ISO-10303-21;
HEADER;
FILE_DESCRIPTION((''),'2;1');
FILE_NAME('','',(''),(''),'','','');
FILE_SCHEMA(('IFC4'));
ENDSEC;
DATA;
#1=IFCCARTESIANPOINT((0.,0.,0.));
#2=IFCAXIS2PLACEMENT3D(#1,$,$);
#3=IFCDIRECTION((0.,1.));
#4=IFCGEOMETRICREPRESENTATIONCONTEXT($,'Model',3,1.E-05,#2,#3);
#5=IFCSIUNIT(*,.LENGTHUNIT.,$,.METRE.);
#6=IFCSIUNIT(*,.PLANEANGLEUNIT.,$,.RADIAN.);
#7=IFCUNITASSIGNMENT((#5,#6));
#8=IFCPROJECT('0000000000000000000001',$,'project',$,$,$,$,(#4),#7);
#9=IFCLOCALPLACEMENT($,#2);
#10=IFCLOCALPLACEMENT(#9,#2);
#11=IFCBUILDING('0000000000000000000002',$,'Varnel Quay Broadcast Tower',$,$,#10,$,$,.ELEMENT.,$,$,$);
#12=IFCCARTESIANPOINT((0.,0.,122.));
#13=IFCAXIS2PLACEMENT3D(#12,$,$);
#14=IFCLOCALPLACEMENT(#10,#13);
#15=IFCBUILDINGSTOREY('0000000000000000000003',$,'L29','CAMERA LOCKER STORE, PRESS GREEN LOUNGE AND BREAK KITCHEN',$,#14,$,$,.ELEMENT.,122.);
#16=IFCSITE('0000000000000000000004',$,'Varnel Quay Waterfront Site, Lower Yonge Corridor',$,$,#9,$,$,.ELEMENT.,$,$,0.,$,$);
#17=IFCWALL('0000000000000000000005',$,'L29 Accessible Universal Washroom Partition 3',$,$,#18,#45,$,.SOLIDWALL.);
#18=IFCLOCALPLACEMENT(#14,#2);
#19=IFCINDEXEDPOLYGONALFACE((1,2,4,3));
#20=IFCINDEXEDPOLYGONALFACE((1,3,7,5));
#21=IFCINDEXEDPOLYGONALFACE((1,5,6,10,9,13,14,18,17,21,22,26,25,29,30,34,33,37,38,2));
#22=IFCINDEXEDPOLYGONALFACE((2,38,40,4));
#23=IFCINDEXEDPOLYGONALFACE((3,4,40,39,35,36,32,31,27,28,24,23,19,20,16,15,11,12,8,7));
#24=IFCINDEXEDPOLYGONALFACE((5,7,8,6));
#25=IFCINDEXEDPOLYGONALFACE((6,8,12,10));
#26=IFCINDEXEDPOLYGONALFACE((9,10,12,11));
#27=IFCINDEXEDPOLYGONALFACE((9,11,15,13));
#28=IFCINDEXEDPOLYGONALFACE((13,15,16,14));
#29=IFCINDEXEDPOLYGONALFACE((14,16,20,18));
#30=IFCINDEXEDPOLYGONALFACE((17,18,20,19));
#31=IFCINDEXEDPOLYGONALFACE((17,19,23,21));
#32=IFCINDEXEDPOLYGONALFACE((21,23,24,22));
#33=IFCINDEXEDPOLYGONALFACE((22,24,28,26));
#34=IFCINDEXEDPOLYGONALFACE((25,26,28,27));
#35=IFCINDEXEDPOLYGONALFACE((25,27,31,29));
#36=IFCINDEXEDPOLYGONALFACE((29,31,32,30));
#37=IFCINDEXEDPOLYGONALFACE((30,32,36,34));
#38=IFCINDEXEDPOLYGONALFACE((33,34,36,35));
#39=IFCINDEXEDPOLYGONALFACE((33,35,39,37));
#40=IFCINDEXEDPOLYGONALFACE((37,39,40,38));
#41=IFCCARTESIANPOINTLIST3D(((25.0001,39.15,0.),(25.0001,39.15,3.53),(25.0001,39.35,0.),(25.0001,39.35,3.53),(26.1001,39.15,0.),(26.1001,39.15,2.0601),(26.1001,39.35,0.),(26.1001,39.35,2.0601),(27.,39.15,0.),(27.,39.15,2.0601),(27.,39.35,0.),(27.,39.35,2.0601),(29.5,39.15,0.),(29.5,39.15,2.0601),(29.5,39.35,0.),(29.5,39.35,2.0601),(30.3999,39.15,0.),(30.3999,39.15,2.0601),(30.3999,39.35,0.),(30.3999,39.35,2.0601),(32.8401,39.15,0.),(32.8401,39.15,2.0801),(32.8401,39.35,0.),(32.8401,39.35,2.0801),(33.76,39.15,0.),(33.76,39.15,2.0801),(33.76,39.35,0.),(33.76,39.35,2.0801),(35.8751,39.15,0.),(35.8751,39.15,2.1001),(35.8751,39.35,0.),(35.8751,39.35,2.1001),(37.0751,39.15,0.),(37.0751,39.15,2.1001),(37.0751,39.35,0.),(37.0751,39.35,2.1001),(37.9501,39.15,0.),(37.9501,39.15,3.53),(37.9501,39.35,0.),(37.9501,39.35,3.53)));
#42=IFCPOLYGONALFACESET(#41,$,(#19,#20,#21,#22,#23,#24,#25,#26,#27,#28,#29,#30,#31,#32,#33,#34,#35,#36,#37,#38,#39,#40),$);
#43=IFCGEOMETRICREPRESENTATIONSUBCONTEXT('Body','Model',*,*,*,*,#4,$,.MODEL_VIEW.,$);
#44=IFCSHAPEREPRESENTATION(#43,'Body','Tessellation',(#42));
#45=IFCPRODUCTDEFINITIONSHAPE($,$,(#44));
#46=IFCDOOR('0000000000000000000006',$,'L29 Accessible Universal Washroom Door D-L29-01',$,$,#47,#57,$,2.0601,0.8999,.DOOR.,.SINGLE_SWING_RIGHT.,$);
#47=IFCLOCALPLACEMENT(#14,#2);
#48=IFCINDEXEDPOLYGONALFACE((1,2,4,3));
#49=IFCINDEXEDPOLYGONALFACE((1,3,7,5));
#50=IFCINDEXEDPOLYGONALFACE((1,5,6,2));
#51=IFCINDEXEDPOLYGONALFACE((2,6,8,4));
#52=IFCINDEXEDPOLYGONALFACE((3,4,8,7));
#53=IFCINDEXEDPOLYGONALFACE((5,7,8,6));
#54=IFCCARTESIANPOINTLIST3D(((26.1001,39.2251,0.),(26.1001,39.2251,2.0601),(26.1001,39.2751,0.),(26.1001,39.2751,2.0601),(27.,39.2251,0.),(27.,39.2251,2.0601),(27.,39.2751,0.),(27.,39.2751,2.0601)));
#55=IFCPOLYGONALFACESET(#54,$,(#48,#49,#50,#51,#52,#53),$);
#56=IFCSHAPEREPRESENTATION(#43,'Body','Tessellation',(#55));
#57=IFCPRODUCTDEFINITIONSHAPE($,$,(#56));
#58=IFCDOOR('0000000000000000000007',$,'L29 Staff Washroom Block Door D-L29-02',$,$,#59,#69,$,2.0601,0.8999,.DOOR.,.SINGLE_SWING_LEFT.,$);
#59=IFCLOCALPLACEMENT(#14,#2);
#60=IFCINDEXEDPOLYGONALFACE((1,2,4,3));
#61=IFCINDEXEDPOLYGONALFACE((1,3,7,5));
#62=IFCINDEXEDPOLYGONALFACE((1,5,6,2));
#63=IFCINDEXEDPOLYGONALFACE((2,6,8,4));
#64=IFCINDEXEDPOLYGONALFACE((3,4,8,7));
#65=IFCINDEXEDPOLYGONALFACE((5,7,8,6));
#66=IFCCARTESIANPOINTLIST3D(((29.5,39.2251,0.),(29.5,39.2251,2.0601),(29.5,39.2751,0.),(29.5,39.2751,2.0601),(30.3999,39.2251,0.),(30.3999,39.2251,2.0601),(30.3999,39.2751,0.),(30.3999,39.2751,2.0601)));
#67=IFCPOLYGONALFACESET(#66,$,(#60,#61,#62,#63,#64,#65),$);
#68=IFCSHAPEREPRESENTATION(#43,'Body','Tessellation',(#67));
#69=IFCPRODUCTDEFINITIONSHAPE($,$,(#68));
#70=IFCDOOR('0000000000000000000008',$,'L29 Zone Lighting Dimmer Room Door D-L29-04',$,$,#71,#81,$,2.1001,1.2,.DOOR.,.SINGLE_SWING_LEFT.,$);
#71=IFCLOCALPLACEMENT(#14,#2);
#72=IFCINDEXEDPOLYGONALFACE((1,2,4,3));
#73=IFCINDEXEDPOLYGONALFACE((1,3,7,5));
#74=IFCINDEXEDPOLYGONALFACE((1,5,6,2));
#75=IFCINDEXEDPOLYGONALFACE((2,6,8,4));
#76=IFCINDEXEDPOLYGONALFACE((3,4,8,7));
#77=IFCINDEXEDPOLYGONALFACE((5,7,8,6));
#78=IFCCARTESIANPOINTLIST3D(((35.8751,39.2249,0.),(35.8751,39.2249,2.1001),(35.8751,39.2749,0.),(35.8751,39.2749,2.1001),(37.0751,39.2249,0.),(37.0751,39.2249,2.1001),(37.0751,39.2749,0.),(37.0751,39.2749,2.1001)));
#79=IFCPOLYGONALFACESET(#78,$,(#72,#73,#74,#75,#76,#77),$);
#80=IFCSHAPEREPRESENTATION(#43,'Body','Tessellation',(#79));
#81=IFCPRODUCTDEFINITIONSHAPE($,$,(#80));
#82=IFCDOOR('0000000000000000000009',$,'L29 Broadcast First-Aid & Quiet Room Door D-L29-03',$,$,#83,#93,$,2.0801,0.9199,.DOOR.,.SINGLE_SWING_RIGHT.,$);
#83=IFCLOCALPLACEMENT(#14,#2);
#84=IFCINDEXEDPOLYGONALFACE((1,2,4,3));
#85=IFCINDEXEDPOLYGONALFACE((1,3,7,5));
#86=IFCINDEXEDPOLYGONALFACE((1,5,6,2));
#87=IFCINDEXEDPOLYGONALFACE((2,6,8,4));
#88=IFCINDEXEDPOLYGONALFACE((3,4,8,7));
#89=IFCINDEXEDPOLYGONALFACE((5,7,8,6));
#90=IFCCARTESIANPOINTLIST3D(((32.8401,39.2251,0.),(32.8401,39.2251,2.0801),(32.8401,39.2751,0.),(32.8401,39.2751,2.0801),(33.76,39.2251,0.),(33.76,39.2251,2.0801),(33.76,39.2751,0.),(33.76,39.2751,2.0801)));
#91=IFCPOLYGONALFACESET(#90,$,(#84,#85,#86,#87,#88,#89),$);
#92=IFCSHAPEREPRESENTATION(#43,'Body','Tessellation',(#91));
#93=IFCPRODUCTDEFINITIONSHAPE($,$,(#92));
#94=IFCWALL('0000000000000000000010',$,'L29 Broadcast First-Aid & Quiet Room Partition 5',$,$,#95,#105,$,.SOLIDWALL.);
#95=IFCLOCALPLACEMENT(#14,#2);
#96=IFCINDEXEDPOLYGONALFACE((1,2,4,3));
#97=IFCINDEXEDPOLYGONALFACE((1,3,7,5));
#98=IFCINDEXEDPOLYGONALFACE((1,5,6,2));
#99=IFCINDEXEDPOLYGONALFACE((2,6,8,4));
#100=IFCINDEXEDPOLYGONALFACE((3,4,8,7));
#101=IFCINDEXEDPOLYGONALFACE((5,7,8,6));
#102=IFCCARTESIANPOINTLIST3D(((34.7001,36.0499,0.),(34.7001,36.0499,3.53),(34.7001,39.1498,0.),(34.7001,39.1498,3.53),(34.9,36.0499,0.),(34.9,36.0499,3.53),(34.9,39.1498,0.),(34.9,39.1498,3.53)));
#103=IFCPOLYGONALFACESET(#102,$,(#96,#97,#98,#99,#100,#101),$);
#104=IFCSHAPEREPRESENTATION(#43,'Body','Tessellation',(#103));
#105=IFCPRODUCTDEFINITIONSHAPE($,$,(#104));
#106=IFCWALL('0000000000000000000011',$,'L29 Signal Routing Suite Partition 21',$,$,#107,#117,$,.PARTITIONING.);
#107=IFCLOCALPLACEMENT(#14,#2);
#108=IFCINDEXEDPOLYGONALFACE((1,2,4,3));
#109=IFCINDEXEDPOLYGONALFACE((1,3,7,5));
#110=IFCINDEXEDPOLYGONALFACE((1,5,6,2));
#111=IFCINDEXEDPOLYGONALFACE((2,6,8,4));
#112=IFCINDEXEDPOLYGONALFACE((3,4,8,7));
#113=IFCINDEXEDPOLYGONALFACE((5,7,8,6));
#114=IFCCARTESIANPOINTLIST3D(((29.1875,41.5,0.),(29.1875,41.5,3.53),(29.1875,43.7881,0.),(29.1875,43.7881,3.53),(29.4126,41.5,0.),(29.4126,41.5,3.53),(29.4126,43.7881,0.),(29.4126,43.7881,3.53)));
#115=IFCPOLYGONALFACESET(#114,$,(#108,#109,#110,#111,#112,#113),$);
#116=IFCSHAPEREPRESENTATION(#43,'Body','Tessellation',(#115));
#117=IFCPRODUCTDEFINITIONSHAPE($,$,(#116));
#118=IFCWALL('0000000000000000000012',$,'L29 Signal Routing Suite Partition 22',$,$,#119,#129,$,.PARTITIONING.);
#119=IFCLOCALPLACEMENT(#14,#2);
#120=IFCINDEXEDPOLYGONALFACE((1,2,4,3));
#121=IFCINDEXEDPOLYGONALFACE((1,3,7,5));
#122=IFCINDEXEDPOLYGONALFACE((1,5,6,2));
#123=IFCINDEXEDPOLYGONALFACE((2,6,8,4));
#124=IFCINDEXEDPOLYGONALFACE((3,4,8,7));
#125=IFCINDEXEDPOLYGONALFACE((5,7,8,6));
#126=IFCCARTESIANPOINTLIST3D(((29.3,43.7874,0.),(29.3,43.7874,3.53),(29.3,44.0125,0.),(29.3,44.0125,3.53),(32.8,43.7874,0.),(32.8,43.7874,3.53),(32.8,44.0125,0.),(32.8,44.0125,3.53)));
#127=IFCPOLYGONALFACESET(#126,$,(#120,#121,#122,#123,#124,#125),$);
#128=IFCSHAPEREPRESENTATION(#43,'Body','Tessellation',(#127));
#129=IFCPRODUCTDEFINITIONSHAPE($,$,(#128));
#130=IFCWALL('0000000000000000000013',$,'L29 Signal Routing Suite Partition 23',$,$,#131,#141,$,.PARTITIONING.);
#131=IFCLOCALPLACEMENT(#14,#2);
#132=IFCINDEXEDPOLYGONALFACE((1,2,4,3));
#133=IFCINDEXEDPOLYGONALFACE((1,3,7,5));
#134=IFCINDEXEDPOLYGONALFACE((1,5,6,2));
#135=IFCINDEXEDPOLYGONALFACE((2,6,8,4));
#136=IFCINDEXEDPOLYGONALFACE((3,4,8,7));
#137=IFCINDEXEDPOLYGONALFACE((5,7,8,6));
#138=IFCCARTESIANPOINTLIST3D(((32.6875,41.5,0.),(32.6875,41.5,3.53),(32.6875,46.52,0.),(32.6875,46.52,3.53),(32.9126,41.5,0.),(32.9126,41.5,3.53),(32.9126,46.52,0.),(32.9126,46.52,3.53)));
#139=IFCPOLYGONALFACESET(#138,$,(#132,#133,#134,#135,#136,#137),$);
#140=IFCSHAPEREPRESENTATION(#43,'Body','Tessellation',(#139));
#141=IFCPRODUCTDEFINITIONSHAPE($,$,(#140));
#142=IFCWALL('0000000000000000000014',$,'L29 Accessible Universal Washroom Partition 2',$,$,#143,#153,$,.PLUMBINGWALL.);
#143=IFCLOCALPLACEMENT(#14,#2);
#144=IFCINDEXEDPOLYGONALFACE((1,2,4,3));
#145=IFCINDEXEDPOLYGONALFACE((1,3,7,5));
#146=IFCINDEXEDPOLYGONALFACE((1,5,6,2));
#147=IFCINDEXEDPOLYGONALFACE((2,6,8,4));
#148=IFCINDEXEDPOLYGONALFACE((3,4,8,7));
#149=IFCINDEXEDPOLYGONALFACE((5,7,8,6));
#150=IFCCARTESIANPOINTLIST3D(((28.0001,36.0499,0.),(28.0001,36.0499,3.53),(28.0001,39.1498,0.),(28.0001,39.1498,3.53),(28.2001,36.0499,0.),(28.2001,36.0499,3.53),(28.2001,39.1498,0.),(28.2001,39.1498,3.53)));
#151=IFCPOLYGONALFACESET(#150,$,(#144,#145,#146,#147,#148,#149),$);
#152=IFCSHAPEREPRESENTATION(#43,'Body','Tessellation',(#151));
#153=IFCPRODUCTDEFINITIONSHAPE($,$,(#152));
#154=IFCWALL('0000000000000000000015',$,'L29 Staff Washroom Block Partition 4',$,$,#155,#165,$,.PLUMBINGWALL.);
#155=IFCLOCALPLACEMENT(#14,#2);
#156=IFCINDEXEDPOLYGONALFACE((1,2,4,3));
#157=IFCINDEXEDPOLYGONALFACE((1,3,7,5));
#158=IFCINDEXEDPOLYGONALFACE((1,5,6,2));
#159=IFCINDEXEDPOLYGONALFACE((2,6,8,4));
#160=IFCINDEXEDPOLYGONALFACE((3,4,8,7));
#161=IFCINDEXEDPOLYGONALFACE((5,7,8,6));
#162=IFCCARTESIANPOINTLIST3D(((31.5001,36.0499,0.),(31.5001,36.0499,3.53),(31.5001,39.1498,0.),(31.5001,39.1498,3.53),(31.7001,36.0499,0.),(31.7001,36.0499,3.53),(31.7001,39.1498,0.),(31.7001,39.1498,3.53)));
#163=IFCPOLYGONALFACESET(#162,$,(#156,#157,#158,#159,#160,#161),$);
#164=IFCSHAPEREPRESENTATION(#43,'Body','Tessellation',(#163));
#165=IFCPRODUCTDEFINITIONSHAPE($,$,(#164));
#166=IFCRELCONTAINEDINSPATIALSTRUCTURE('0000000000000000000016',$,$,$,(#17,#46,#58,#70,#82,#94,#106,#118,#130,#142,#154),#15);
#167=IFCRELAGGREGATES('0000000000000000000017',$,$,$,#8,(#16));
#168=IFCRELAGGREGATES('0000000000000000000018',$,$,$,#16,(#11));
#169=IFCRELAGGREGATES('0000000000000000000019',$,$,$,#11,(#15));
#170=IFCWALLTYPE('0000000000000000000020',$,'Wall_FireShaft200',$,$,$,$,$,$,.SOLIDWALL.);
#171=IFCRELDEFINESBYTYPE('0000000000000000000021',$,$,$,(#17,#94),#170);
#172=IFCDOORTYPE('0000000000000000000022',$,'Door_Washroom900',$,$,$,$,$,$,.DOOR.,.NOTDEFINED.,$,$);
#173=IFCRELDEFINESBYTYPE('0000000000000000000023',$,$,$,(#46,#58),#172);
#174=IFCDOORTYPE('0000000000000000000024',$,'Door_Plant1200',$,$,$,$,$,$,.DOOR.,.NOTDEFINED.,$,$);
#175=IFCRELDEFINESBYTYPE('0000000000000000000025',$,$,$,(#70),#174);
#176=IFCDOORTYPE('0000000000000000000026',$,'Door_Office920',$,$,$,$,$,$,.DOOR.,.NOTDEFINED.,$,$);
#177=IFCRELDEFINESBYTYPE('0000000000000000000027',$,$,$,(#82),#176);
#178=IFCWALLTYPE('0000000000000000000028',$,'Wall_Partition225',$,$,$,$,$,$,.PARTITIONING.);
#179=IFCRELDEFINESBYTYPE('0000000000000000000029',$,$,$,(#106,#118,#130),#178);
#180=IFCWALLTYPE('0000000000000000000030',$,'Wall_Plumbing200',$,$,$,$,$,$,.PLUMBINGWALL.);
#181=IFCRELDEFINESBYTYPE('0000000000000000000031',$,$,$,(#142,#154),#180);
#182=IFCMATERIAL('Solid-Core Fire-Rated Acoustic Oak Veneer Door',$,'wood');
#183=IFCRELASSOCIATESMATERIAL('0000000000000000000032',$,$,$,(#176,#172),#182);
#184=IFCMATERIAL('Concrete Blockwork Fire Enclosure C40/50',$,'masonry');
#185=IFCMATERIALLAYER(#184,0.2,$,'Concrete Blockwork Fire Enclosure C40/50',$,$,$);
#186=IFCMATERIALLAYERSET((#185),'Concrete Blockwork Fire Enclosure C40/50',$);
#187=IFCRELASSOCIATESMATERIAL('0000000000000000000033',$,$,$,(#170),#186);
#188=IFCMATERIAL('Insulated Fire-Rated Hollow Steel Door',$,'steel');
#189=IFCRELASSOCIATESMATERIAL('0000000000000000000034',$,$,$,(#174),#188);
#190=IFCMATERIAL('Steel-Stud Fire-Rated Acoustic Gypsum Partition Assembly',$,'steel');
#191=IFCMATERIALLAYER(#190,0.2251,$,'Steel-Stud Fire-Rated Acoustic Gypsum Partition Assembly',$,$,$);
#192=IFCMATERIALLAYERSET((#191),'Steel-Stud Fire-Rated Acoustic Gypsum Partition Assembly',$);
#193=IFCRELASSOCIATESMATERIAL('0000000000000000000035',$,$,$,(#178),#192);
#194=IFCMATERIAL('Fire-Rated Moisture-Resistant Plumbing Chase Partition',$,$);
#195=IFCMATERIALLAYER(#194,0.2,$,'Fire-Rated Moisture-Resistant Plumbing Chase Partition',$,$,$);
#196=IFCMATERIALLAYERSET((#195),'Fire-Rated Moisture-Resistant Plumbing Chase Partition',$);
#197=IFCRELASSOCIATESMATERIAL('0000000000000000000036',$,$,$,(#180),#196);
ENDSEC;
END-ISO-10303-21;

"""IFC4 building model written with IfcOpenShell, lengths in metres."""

from ifc_helpers import new_model, si_unit, direction, frame, frame_2d, origin, place, context, subcontext, project, spatial, rectangle, extrude, source, transform, mapped, material, layer, layer_set, type_object, type_shapes, element, fill, save


model = new_model("IFC4")

# Units and contexts
model_context = context("Model", 3, precision=1e-05, world=origin(), true_north=direction((0.0, 1.0)))
body_context = subcontext(model_context, "Body", "Model", "MODEL_VIEW")
ifc_project = project(units=[si_unit("LENGTHUNIT", "METRE"), si_unit("PLANEANGLEUNIT", "RADIAN")], contexts=[model_context])

# Site, building, storey
site_placement = place(None, origin())
site = spatial("IfcSite", under=ifc_project, at=site_placement, Name="Varnel Quay Waterfront Site, Lower Yonge Corridor", CompositionType="ELEMENT", RefElevation=0.0)
building_placement = place(site_placement, origin())
building = spatial("IfcBuilding", under=site, at=building_placement, Name="Varnel Quay Broadcast Tower", CompositionType="ELEMENT")
storey_placement = place(building_placement, frame((0.0, 0.0, 122.0)))
storey = spatial("IfcBuildingStorey", under=building, at=storey_placement, Name="L29", Description="CAMERA LOCKER STORE, PRESS GREEN LOUNGE AND BREAK KITCHEN", CompositionType="ELEMENT", Elevation=122.0)

# Shared definitions
ifc_material_1 = material(Name="Solid-Core Fire-Rated Acoustic Oak Veneer Door", Category="wood")
door_type_1 = type_object("IfcDoorType", Name="Door_Office920", OperationType="NOTDEFINED", PredefinedType="DOOR", material=ifc_material_1)
shared_shape_1 = source(origin(), body_context, "Body", "SweptSolid", [
    extrude(rectangle(XDim=0.9199, YDim=2.0801, at=frame_2d((0.46, 1.04))), frame((0.0, 0.0249, 0.0), z_axis=(0.0, -1.0, 0.0), x_axis=(1.0, 0.0, 0.0)), (0.0, 0.0, 1.0), 0.05),
])
type_shapes(door_type_1, [shared_shape_1])

# Shared definitions
ifc_material_2 = material(Name="Concrete Blockwork Fire Enclosure C40/50", Category="masonry")
ifc_layer_1 = layer(ifc_material_2, 0.2, Name="Concrete Blockwork Fire Enclosure C40/50")
ifc_layer_set_1 = layer_set([ifc_layer_1], Name="Concrete Blockwork Fire Enclosure C40/50")
wall_type_1 = type_object("IfcWallType", Name="Wall_FireShaft200", PredefinedType="SOLIDWALL", material=ifc_layer_set_1)

# Wall, openings, doors
wall_1_placement = place(storey_placement, frame((25.0, 39.25, 0.0), z_axis=(0.0, 0.0, 1.0), x_axis=(1.0, 0.0, 0.0)))
wall_1 = element("IfcWall", 1, at=wall_1_placement, inside=storey, type_object=wall_type_1, Name="L29 Accessible Universal Washroom Partition 3", PredefinedType="SOLIDWALL", context=body_context, shape_type="SweptSolid", body=[
    extrude(rectangle(XDim=12.95, YDim=0.2, at=frame_2d((6.4751, 0.0))), origin(), (0.0, 0.0, 1.0), 3.53),
])
opening_1_placement = place(wall_1_placement, frame((1.1001, 0.0, 0.0)))
opening_1 = element("IfcOpeningElement", 2, at=opening_1_placement, cuts=wall_1, PredefinedType="OPENING", context=body_context, shape_type="SweptSolid", body=[
    extrude(rectangle(XDim=0.8999, YDim=2.0601, at=frame_2d((0.45, 1.03))), frame((0.0, 0.1099, 0.0), z_axis=(0.0, -1.0, 0.0), x_axis=(1.0, 0.0, 0.0)), (0.0, 0.0, 1.0), 0.22),
])
opening_2_placement = place(wall_1_placement, frame((4.5, 0.0, 0.0)))
opening_2 = element("IfcOpeningElement", 3, at=opening_2_placement, cuts=wall_1, PredefinedType="OPENING", context=body_context, shape_type="SweptSolid", body=[
    extrude(rectangle(XDim=0.8999, YDim=2.0601, at=frame_2d((0.45, 1.03))), frame((0.0, 0.1099, 0.0), z_axis=(0.0, -1.0, 0.0), x_axis=(1.0, 0.0, 0.0)), (0.0, 0.0, 1.0), 0.22),
])
opening_3_placement = place(wall_1_placement, frame((7.8401, 0.0, 0.0)))
opening_3 = element("IfcOpeningElement", 4, at=opening_3_placement, cuts=wall_1, PredefinedType="OPENING", context=body_context, shape_type="SweptSolid", body=[
    extrude(rectangle(XDim=0.9199, YDim=2.0801, at=frame_2d((0.46, 1.04))), frame((0.0, 0.1099, 0.0), z_axis=(0.0, -1.0, 0.0), x_axis=(1.0, 0.0, 0.0)), (0.0, 0.0, 1.0), 0.22),
])
opening_4_placement = place(wall_1_placement, frame((10.875, 0.0, 0.0)))
opening_4 = element("IfcOpeningElement", 5, at=opening_4_placement, cuts=wall_1, PredefinedType="OPENING", context=body_context, shape_type="SweptSolid", body=[
    extrude(rectangle(XDim=1.2, YDim=2.1001, at=frame_2d((0.6001, 1.05))), frame((0.0, 0.1099, 0.0), z_axis=(0.0, -1.0, 0.0), x_axis=(1.0, 0.0, 0.0)), (0.0, 0.0, 1.0), 0.22),
])
door_type_2 = type_object("IfcDoorType", Name="Door_Washroom900", OperationType="NOTDEFINED", PredefinedType="DOOR", material=ifc_material_1)
shared_shape_2 = source(origin(), body_context, "Body", "SweptSolid", [
    extrude(rectangle(XDim=0.8999, YDim=2.0601, at=frame_2d((0.45, 1.03))), frame((0.0, 0.0249, 0.0), z_axis=(0.0, -1.0, 0.0), x_axis=(1.0, 0.0, 0.0)), (0.0, 0.0, 1.0), 0.05),
])
type_shapes(door_type_2, [shared_shape_2])
door_1_placement = place(opening_1_placement, frame((0.8999, 0.0, 0.0), z_axis=(0.0, 0.0, 1.0), x_axis=(-1.0, 0.0, 0.0)))
door_1 = element("IfcDoor", 6, at=door_1_placement, inside=storey, type_object=door_type_2, Name="L29 Accessible Universal Washroom Door D-L29-01", OperationType="SINGLE_SWING_RIGHT", OverallHeight=2.0601, OverallWidth=0.8999, PredefinedType="DOOR", context=body_context, shape_type="MappedRepresentation", body=[
    mapped(shared_shape_2, transform((0.0, 0.0, 0.0), x_axis=(1.0, 0.0, 0.0), y_axis=(0.0, 1.0, 0.0), z_axis=(0.0, 0.0, 1.0), scale=1.0)),
])
fill(opening_1, door_1)
door_2_placement = place(opening_2_placement, frame((0.8999, 0.0, 0.0), z_axis=(0.0, 0.0, 1.0), x_axis=(-1.0, 0.0, 0.0)))
door_2 = element("IfcDoor", 7, at=door_2_placement, inside=storey, type_object=door_type_2, Name="L29 Staff Washroom Block Door D-L29-02", OperationType="SINGLE_SWING_LEFT", OverallHeight=2.0601, OverallWidth=0.8999, PredefinedType="DOOR", context=body_context, shape_type="MappedRepresentation", body=[
    mapped(shared_shape_2, transform((0.0, 0.0, 0.0), x_axis=(1.0, 0.0, 0.0), y_axis=(0.0, 1.0, 0.0), z_axis=(0.0, 0.0, 1.0), scale=1.0)),
])
fill(opening_2, door_2)
ifc_material_3 = material(Name="Insulated Fire-Rated Hollow Steel Door", Category="steel")
door_type_3 = type_object("IfcDoorType", Name="Door_Plant1200", OperationType="NOTDEFINED", PredefinedType="DOOR", material=ifc_material_3)
shared_shape_3 = source(origin(), body_context, "Body", "SweptSolid", [
    extrude(rectangle(XDim=1.2, YDim=2.1001, at=frame_2d((0.6001, 1.05))), frame((0.0, 0.0249, 0.0), z_axis=(0.0, -1.0, 0.0), x_axis=(1.0, 0.0, 0.0)), (0.0, 0.0, 1.0), 0.05),
])
type_shapes(door_type_3, [shared_shape_3])
door_3_placement = place(opening_4_placement, origin())
door_3 = element("IfcDoor", 8, at=door_3_placement, inside=storey, type_object=door_type_3, Name="L29 Zone Lighting Dimmer Room Door D-L29-04", OperationType="SINGLE_SWING_LEFT", OverallHeight=2.1001, OverallWidth=1.2, PredefinedType="DOOR", context=body_context, shape_type="MappedRepresentation", body=[
    mapped(shared_shape_3, transform((0.0, 0.0, 0.0), x_axis=(1.0, 0.0, 0.0), y_axis=(0.0, 1.0, 0.0), z_axis=(0.0, 0.0, 1.0), scale=1.0)),
])
fill(opening_4, door_3)
door_4_placement = place(opening_3_placement, frame((0.9199, 0.0, 0.0), z_axis=(0.0, 0.0, 1.0), x_axis=(-1.0, 0.0, 0.0)))
door_4 = element("IfcDoor", 9, at=door_4_placement, inside=storey, type_object=door_type_1, Name="L29 Broadcast First-Aid & Quiet Room Door D-L29-03", OperationType="SINGLE_SWING_RIGHT", OverallHeight=2.0801, OverallWidth=0.9199, PredefinedType="DOOR", context=body_context, shape_type="MappedRepresentation", body=[
    mapped(shared_shape_1, transform((0.0, 0.0, 0.0), x_axis=(1.0, 0.0, 0.0), y_axis=(0.0, 1.0, 0.0), z_axis=(0.0, 0.0, 1.0), scale=1.0)),
])
fill(opening_3, door_4)

# Walls
wall_2_placement = place(storey_placement, frame((34.8, 36.05, 0.0), z_axis=(0.0, 0.0, 1.0), x_axis=(0.0, 1.0, 0.0)))
element("IfcWall", 10, at=wall_2_placement, inside=storey, type_object=wall_type_1, Name="L29 Broadcast First-Aid & Quiet Room Partition 5", PredefinedType="SOLIDWALL", context=body_context, shape_type="SweptSolid", body=[
    extrude(rectangle(XDim=3.0999, YDim=0.2, at=frame_2d((1.5498, 0.0))), origin(), (0.0, 0.0, 1.0), 3.53),
])
ifc_material_4 = material(Name="Steel-Stud Fire-Rated Acoustic Gypsum Partition Assembly", Category="steel")
ifc_layer_2 = layer(ifc_material_4, 0.2251, Name="Steel-Stud Fire-Rated Acoustic Gypsum Partition Assembly")
ifc_layer_set_2 = layer_set([ifc_layer_2], Name="Steel-Stud Fire-Rated Acoustic Gypsum Partition Assembly")
wall_type_2 = type_object("IfcWallType", Name="Wall_Partition225", PredefinedType="PARTITIONING", material=ifc_layer_set_2)
wall_3_placement = place(storey_placement, frame((29.3, 41.5, 0.0), z_axis=(0.0, 0.0, 1.0), x_axis=(0.0, 1.0, 0.0)))
element("IfcWall", 11, at=wall_3_placement, inside=storey, type_object=wall_type_2, Name="L29 Signal Routing Suite Partition 21", PredefinedType="PARTITIONING", context=body_context, shape_type="SweptSolid", body=[
    extrude(rectangle(XDim=2.2881, YDim=0.2251, at=frame_2d((1.144, 0.0))), origin(), (0.0, 0.0, 1.0), 3.53),
])
wall_4_placement = place(storey_placement, frame((29.3, 43.8999, 0.0), z_axis=(0.0, 0.0, 1.0), x_axis=(1.0, 0.0, 0.0)))
element("IfcWall", 12, at=wall_4_placement, inside=storey, type_object=wall_type_2, Name="L29 Signal Routing Suite Partition 22", PredefinedType="PARTITIONING", context=body_context, shape_type="SweptSolid", body=[
    extrude(rectangle(XDim=3.5, YDim=0.2251, at=frame_2d((1.75, 0.0))), origin(), (0.0, 0.0, 1.0), 3.53),
])
wall_5_placement = place(storey_placement, frame((32.8, 41.5, 0.0), z_axis=(0.0, 0.0, 1.0), x_axis=(0.0, 1.0, 0.0)))
element("IfcWall", 13, at=wall_5_placement, inside=storey, type_object=wall_type_2, Name="L29 Signal Routing Suite Partition 23", PredefinedType="PARTITIONING", context=body_context, shape_type="SweptSolid", body=[
    extrude(rectangle(XDim=5.02, YDim=0.2251, at=frame_2d((2.51, 0.0))), origin(), (0.0, 0.0, 1.0), 3.53),
])
ifc_material_5 = material(Name="Fire-Rated Moisture-Resistant Plumbing Chase Partition")
ifc_layer_3 = layer(ifc_material_5, 0.2, Name="Fire-Rated Moisture-Resistant Plumbing Chase Partition")
ifc_layer_set_3 = layer_set([ifc_layer_3], Name="Fire-Rated Moisture-Resistant Plumbing Chase Partition")
wall_type_3 = type_object("IfcWallType", Name="Wall_Plumbing200", PredefinedType="PLUMBINGWALL", material=ifc_layer_set_3)
for number, where, z_axis, x_axis, name in (
    (14, (28.1001, 36.05, 0.0), (0.0, 0.0, 1.0), (0.0, 1.0, 0.0), "L29 Accessible Universal Washroom Partition 2"),
    (15, (31.6001, 36.05, 0.0), (0.0, 0.0, 1.0), (0.0, 1.0, 0.0), "L29 Staff Washroom Block Partition 4"),
):
    element("IfcWall", number, at=place(storey_placement, frame(where, z_axis=z_axis, x_axis=x_axis)), inside=storey, type_object=wall_type_3, Name=name, PredefinedType="PLUMBINGWALL", context=body_context, shape_type="SweptSolid", body=[
        extrude(rectangle(XDim=3.0999, YDim=0.2, at=frame_2d((1.5498, 0.0))), origin(), (0.0, 0.0, 1.0), 3.53),
    ])

save(model, "model.ifc")
